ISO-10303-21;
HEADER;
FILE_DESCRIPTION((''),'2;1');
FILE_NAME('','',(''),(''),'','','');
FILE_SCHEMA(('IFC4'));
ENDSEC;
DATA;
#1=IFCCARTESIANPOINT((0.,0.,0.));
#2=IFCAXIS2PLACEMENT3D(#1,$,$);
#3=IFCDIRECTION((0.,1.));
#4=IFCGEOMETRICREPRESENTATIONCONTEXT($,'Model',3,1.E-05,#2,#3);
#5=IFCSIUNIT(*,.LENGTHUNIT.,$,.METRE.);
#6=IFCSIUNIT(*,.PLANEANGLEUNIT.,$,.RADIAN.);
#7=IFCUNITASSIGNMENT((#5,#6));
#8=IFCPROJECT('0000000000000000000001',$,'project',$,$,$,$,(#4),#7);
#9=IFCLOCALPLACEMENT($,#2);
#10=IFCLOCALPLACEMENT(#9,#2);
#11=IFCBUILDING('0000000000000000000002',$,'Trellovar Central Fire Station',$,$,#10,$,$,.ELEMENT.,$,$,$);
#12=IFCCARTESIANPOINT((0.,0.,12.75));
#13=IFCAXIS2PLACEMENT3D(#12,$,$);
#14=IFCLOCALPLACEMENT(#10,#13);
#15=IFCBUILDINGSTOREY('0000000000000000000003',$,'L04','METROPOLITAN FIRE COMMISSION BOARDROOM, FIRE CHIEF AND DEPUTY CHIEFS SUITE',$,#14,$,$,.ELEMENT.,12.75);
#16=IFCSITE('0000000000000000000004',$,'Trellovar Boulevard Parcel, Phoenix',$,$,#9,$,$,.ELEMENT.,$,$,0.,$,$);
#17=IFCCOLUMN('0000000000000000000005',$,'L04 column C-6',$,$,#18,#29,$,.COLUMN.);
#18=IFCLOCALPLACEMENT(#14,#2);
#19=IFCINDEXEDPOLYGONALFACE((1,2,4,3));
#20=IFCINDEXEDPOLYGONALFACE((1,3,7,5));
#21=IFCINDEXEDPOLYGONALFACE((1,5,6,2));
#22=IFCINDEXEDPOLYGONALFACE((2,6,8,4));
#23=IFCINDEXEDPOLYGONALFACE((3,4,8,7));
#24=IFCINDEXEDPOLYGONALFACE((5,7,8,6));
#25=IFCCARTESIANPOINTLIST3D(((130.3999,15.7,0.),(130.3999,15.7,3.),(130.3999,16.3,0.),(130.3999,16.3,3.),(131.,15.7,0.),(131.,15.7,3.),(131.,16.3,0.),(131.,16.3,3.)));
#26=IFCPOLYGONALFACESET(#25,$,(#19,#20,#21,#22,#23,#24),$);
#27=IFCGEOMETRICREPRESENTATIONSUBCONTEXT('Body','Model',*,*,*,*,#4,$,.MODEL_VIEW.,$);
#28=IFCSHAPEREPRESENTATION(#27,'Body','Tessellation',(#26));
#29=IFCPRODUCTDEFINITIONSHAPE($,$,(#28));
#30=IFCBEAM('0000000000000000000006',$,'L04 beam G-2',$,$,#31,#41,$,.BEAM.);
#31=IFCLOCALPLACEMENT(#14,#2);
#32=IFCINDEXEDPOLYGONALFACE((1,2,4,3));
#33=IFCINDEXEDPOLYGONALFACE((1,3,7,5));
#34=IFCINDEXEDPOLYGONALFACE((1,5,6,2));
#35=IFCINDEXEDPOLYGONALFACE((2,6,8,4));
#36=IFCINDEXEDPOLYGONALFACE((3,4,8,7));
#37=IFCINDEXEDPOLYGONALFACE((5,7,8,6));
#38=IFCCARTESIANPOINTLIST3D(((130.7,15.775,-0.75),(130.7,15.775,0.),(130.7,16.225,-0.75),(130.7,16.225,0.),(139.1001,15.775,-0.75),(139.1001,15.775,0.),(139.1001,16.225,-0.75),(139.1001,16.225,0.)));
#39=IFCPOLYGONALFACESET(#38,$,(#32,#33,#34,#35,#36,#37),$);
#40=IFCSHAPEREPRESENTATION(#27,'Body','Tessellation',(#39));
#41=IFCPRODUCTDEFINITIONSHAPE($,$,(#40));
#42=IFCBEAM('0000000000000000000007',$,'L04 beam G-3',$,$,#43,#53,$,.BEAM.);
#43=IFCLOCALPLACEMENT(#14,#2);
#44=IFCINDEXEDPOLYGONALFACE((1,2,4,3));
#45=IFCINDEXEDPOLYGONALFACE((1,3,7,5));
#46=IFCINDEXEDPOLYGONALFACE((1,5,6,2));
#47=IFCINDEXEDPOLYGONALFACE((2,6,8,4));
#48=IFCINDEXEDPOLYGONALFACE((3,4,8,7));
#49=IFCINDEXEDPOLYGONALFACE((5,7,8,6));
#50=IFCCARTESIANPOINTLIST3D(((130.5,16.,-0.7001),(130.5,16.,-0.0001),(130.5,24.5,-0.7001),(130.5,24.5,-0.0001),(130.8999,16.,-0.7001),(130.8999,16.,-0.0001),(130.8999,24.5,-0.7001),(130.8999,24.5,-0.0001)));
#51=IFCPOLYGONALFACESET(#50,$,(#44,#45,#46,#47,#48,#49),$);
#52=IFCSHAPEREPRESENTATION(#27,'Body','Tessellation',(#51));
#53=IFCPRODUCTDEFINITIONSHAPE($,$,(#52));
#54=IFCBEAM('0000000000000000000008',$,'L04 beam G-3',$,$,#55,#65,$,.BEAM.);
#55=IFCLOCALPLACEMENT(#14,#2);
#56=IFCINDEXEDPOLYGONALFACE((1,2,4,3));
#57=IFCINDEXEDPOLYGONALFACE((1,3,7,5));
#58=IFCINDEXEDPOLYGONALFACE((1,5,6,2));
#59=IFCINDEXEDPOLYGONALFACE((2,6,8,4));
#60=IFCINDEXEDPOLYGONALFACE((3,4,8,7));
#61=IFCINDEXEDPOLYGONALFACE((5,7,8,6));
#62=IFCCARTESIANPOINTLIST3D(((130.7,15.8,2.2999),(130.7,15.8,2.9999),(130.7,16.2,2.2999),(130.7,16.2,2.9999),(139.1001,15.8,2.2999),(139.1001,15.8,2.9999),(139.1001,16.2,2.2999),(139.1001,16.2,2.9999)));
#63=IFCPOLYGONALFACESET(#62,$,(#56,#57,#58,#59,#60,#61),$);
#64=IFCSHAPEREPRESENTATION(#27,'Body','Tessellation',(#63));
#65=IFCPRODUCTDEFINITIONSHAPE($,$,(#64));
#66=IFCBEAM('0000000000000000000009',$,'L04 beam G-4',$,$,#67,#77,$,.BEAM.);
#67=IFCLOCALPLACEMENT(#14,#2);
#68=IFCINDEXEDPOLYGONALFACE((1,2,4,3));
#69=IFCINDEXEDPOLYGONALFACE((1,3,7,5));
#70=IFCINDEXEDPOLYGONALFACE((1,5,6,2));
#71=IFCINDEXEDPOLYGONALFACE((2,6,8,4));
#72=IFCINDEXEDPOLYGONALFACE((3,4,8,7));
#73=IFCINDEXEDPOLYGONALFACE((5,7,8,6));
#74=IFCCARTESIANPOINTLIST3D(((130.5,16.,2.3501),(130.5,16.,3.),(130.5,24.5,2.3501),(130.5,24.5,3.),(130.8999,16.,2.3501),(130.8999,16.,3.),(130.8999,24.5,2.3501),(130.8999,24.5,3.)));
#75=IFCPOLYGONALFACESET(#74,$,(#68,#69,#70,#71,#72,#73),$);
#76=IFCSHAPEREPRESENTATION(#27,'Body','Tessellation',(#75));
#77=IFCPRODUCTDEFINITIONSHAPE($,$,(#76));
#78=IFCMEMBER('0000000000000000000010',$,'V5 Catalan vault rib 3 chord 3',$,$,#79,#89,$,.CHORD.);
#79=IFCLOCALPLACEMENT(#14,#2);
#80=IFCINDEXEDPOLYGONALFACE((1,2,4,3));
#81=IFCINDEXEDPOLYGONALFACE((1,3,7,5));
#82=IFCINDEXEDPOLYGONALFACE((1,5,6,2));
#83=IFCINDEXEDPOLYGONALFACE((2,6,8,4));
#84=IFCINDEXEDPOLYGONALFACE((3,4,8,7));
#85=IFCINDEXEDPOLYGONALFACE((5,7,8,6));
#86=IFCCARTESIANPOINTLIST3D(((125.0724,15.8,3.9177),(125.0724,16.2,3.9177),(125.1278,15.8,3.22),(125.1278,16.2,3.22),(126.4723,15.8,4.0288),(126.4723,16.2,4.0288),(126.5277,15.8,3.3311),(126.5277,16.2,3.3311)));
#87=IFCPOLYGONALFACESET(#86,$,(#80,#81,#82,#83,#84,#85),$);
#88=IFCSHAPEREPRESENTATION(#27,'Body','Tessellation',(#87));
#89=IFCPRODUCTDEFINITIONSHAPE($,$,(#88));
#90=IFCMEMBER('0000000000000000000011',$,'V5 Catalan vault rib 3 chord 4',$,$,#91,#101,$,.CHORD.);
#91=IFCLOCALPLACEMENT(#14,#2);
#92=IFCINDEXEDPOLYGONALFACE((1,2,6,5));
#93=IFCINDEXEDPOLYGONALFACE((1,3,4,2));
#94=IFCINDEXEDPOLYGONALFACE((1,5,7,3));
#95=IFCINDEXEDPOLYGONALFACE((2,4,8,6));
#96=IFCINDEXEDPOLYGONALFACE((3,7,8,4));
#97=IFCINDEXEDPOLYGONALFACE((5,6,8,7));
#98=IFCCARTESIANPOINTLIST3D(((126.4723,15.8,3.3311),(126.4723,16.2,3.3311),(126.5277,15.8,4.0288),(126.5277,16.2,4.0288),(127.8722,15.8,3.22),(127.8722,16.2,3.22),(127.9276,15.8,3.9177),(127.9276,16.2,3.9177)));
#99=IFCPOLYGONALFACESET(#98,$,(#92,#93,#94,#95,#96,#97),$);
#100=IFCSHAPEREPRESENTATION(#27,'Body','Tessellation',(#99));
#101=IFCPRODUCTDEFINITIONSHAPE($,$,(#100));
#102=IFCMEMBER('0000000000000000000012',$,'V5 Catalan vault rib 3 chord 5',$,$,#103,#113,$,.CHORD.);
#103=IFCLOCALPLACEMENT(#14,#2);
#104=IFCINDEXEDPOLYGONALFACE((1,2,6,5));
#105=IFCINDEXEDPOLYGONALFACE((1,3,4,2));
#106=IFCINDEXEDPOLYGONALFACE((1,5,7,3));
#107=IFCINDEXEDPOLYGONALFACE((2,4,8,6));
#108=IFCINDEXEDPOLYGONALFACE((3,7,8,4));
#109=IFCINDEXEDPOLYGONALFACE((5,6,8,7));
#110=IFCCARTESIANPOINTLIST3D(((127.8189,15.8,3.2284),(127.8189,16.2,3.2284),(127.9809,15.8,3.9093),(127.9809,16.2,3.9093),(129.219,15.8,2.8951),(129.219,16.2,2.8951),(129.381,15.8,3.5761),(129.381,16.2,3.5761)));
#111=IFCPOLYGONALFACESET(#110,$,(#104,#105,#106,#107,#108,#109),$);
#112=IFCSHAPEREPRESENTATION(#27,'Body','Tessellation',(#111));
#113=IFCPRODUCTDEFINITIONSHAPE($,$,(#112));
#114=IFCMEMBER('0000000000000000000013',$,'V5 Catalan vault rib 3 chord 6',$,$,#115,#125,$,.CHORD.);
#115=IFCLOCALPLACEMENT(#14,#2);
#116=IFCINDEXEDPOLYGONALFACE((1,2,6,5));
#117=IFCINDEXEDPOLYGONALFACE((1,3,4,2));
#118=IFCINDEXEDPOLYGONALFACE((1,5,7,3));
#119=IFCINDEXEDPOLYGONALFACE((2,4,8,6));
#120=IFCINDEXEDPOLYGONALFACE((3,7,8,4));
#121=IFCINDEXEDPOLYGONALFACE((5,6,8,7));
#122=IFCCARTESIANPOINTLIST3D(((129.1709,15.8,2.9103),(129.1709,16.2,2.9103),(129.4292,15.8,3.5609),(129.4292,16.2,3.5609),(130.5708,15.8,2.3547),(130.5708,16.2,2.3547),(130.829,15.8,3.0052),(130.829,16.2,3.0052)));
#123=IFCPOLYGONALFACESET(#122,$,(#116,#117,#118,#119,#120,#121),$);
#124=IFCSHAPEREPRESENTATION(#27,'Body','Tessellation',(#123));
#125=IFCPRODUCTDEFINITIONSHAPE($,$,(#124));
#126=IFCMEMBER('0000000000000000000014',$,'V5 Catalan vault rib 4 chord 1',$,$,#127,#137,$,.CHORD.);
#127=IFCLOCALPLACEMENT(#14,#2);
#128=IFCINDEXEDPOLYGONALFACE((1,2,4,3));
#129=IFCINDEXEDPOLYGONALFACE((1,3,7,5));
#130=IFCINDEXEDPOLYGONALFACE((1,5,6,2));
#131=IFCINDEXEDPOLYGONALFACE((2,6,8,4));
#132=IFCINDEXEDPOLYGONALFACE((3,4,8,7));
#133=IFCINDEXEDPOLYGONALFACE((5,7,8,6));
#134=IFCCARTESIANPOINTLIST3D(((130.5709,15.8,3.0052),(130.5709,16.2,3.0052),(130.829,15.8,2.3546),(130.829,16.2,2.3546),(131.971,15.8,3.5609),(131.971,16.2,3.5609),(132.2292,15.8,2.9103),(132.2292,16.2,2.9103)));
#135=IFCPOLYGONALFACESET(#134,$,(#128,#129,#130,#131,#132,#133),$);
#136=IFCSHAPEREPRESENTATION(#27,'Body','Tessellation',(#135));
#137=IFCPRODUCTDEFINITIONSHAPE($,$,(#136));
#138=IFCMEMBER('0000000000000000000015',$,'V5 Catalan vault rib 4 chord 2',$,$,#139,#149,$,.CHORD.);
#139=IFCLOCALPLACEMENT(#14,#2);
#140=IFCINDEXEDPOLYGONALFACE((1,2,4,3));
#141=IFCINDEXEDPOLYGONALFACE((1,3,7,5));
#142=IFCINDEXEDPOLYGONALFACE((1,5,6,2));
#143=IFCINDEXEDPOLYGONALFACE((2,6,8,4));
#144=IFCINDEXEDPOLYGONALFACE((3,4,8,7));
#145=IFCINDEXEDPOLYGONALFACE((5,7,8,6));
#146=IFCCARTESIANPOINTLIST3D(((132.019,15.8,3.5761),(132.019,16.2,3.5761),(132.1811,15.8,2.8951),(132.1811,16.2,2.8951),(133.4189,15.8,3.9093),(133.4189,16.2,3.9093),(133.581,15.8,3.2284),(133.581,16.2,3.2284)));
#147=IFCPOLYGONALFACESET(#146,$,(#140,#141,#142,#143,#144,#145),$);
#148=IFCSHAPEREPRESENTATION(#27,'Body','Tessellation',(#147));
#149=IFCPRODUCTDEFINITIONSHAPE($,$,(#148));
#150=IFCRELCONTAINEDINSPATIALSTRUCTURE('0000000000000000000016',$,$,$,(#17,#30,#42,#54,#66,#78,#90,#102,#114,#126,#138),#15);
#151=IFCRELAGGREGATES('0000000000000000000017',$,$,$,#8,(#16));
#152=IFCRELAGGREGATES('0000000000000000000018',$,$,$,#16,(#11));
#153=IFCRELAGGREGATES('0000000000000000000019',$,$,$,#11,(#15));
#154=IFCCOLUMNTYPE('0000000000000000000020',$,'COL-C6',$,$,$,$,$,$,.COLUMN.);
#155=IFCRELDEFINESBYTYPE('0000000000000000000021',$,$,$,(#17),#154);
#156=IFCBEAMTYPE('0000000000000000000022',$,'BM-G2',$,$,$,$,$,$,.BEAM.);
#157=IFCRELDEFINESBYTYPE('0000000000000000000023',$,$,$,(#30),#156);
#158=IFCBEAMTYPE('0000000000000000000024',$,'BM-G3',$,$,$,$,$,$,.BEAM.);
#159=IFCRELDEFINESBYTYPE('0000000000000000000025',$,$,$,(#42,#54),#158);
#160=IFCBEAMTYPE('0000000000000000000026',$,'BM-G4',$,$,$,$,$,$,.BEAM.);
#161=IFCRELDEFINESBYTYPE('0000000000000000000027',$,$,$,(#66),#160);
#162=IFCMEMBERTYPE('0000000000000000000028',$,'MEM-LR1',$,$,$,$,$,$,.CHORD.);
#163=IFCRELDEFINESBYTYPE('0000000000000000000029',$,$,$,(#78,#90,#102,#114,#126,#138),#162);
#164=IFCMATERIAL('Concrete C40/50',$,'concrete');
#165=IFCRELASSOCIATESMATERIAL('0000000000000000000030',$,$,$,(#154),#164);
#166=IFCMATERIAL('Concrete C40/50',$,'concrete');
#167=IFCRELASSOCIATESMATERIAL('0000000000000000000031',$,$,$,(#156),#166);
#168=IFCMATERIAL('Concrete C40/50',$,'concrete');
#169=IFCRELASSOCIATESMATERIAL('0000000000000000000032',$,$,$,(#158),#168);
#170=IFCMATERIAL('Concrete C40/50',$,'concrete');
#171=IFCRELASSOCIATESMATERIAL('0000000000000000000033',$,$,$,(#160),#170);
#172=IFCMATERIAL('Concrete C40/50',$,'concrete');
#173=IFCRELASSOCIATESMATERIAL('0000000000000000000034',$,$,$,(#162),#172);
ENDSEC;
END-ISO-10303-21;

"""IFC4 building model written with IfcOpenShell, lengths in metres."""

from ifc_helpers import new_model, si_unit, direction, frame, origin, origin_2d, place, context, subcontext, project, spatial, rectangle, extrude, material, material_profile, profile_set, type_object, element, save


model = new_model("IFC4")

# Units and contexts
model_context = context("Model", 3, precision=1e-05, world=origin(), true_north=direction((0.0, 1.0)))
body_context = subcontext(model_context, "Body", "Model", "MODEL_VIEW")
ifc_project = project(units=[si_unit("LENGTHUNIT", "METRE"), si_unit("PLANEANGLEUNIT", "RADIAN")], contexts=[model_context])

# Site, building, storey
site_placement = place(None, origin())
site = spatial("IfcSite", under=ifc_project, at=site_placement, Name="Trellovar Boulevard Parcel, Phoenix", CompositionType="ELEMENT", RefElevation=0.0)
building_placement = place(site_placement, origin())
building = spatial("IfcBuilding", under=site, at=building_placement, Name="Trellovar Central Fire Station", CompositionType="ELEMENT")
storey_placement = place(building_placement, frame((0.0, 0.0, 12.75)))
storey = spatial("IfcBuildingStorey", under=building, at=storey_placement, Name="L04", Description="METROPOLITAN FIRE COMMISSION BOARDROOM, FIRE CHIEF AND DEPUTY CHIEFS SUITE", CompositionType="ELEMENT", Elevation=12.75)

# Column
ifc_material_1 = material(Name="Concrete C40/50", Category="concrete")
ifc_material_profile_1 = material_profile(ifc_material_1, rectangle(XDim=0.6001, YDim=0.6001, at=origin_2d()), Name="RC600X600")
ifc_profile_set_1 = profile_set([ifc_material_profile_1], Name="Concrete C40/50")
column_type = type_object("IfcColumnType", Name="COL-C6", PredefinedType="COLUMN", material=ifc_profile_set_1)
column_placement = place(storey_placement, frame((130.7, 16.0, 0.0), z_axis=(0.0, 0.0, 1.0), x_axis=(1.0, 0.0, 0.0)))
element("IfcColumn", 1, at=column_placement, inside=storey, type_object=column_type, Name="L04 column C-6", PredefinedType="COLUMN", context=body_context, shape_type="SweptSolid", body=[
    extrude(rectangle(XDim=0.6001, YDim=0.6001, at=origin_2d()), origin(), (0.0, 0.0, 1.0), 3.0),
])

# Beams
ifc_material_2 = material(Name="Concrete C40/50", Category="concrete")
ifc_material_profile_2 = material_profile(ifc_material_2, rectangle(XDim=0.45, YDim=0.75, at=origin_2d()), Name="RC450X750")
ifc_profile_set_2 = profile_set([ifc_material_profile_2], Name="Concrete C40/50")
beam_type_1 = type_object("IfcBeamType", Name="BM-G2", PredefinedType="BEAM", material=ifc_profile_set_2)
beam_1_placement = place(storey_placement, frame((130.7, 16.0, -0.375), z_axis=(1.0, 0.0, 0.0), x_axis=(0.0, 1.0, 0.0)))
element("IfcBeam", 2, at=beam_1_placement, inside=storey, type_object=beam_type_1, Name="L04 beam G-2", PredefinedType="BEAM", context=body_context, shape_type="SweptSolid", body=[
    extrude(rectangle(XDim=0.45, YDim=0.75, at=origin_2d()), origin(), (0.0, 0.0, 1.0), 8.4001),
])
ifc_material_3 = material(Name="Concrete C40/50", Category="concrete")
ifc_material_profile_3 = material_profile(ifc_material_3, rectangle(XDim=0.3999, YDim=0.7, at=origin_2d()), Name="RC400X700")
ifc_profile_set_3 = profile_set([ifc_material_profile_3], Name="Concrete C40/50")
beam_type_2 = type_object("IfcBeamType", Name="BM-G3", PredefinedType="BEAM", material=ifc_profile_set_3)
beam_2_placement = place(storey_placement, frame((130.7, 16.0, -0.3501), z_axis=(0.0, 1.0, 0.0), x_axis=(-1.0, 0.0, 0.0)))
element("IfcBeam", 3, at=beam_2_placement, inside=storey, type_object=beam_type_2, Name="L04 beam G-3", PredefinedType="BEAM", context=body_context, shape_type="SweptSolid", body=[
    extrude(rectangle(XDim=0.3999, YDim=0.7, at=origin_2d()), origin(), (0.0, 0.0, 1.0), 8.5),
])
beam_3_placement = place(storey_placement, frame((130.7, 16.0, 2.6499), z_axis=(1.0, 0.0, 0.0), x_axis=(0.0, 1.0, 0.0)))
element("IfcBeam", 4, at=beam_3_placement, inside=storey, type_object=beam_type_2, Name="L04 beam G-3", PredefinedType="BEAM", context=body_context, shape_type="SweptSolid", body=[
    extrude(rectangle(XDim=0.3999, YDim=0.7, at=origin_2d()), origin(), (0.0, 0.0, 1.0), 8.4001),
])
ifc_material_4 = material(Name="Concrete C40/50", Category="concrete")
ifc_material_profile_4 = material_profile(ifc_material_4, rectangle(XDim=0.3999, YDim=0.6499, at=origin_2d()), Name="RC400X650")
ifc_profile_set_4 = profile_set([ifc_material_profile_4], Name="Concrete C40/50")
beam_type_3 = type_object("IfcBeamType", Name="BM-G4", PredefinedType="BEAM", material=ifc_profile_set_4)
beam_4_placement = place(storey_placement, frame((130.7, 16.0, 2.675), z_axis=(0.0, 1.0, 0.0), x_axis=(-1.0, 0.0, 0.0)))
element("IfcBeam", 5, at=beam_4_placement, inside=storey, type_object=beam_type_3, Name="L04 beam G-4", PredefinedType="BEAM", context=body_context, shape_type="SweptSolid", body=[
    extrude(rectangle(XDim=0.3999, YDim=0.6499, at=origin_2d()), origin(), (0.0, 0.0, 1.0), 8.5),
])

# Members
ifc_material_5 = material(Name="Concrete C40/50", Category="concrete")
ifc_material_profile_5 = material_profile(ifc_material_5, rectangle(XDim=0.3999, YDim=0.7, at=origin_2d()), Name="RC400X700")
ifc_profile_set_5 = profile_set([ifc_material_profile_5], Name="Concrete C40/50")
member_type_1 = type_object("IfcMemberType", Name="MEM-LR1", PredefinedType="CHORD", material=ifc_profile_set_5)
for number, where, z_axis, x_axis, name in (
    (6, (125.1001, 16.0, 3.5688), (0.996866, 0.0, 0.079103), (0.0, 1.0, 0.0), "V5 Catalan vault rib 3 chord 3"),
    (7, (126.5, 16.0, 3.6799), (0.996866, 0.0, -0.079103), (0.0, 1.0, 0.0), "V5 Catalan vault rib 3 chord 4"),
):
    element("IfcMember", number, at=place(storey_placement, frame(where, z_axis=z_axis, x_axis=x_axis)), inside=storey, type_object=member_type_1, Name=name, PredefinedType="CHORD", context=body_context, shape_type="SweptSolid", body=[
        extrude(rectangle(XDim=0.3999, YDim=0.7, at=origin_2d()), origin(), (0.0, 0.0, 1.0), 1.4043),
    ])
member_1_placement = place(storey_placement, frame((127.8999, 16.0, 3.5688), z_axis=(0.972824, 0.0, -0.231544), x_axis=(0.0, 1.0, 0.0)))
element("IfcMember", 8, at=member_1_placement, inside=storey, type_object=member_type_1, Name="V5 Catalan vault rib 3 chord 5", PredefinedType="CHORD", context=body_context, shape_type="SweptSolid", body=[
    extrude(rectangle(XDim=0.3999, YDim=0.7, at=origin_2d()), origin(), (0.0, 0.0, 1.0), 1.4392),
])
member_2_placement = place(storey_placement, frame((129.3, 16.0, 3.2356), z_axis=(0.929457, 0.0, -0.36893), x_axis=(0.0, 1.0, 0.0)))
element("IfcMember", 9, at=member_2_placement, inside=storey, type_object=member_type_1, Name="V5 Catalan vault rib 3 chord 6", PredefinedType="CHORD", context=body_context, shape_type="SweptSolid", body=[
    extrude(rectangle(XDim=0.3999, YDim=0.7, at=origin_2d()), origin(), (0.0, 0.0, 1.0), 1.5061),
])
member_3_placement = place(storey_placement, frame((130.7, 16.0, 2.6799), z_axis=(0.929479, 0.0, 0.368874), x_axis=(0.0, 1.0, 0.0)))
element("IfcMember", 10, at=member_3_placement, inside=storey, type_object=member_type_1, Name="V5 Catalan vault rib 4 chord 1", PredefinedType="CHORD", context=body_context, shape_type="SweptSolid", body=[
    extrude(rectangle(XDim=0.3999, YDim=0.7, at=origin_2d()), origin(), (0.0, 0.0, 1.0), 1.5063),
])
member_4_placement = place(storey_placement, frame((132.1001, 16.0, 3.2356), z_axis=(0.972815, 0.0, 0.231582), x_axis=(0.0, 1.0, 0.0)))
element("IfcMember", 11, at=member_4_placement, inside=storey, type_object=member_type_1, Name="V5 Catalan vault rib 4 chord 2", PredefinedType="CHORD", context=body_context, shape_type="SweptSolid", body=[
    extrude(rectangle(XDim=0.3999, YDim=0.7, at=origin_2d()), origin(), (0.0, 0.0, 1.0), 1.439),
])

save(model, "model.ifc")
